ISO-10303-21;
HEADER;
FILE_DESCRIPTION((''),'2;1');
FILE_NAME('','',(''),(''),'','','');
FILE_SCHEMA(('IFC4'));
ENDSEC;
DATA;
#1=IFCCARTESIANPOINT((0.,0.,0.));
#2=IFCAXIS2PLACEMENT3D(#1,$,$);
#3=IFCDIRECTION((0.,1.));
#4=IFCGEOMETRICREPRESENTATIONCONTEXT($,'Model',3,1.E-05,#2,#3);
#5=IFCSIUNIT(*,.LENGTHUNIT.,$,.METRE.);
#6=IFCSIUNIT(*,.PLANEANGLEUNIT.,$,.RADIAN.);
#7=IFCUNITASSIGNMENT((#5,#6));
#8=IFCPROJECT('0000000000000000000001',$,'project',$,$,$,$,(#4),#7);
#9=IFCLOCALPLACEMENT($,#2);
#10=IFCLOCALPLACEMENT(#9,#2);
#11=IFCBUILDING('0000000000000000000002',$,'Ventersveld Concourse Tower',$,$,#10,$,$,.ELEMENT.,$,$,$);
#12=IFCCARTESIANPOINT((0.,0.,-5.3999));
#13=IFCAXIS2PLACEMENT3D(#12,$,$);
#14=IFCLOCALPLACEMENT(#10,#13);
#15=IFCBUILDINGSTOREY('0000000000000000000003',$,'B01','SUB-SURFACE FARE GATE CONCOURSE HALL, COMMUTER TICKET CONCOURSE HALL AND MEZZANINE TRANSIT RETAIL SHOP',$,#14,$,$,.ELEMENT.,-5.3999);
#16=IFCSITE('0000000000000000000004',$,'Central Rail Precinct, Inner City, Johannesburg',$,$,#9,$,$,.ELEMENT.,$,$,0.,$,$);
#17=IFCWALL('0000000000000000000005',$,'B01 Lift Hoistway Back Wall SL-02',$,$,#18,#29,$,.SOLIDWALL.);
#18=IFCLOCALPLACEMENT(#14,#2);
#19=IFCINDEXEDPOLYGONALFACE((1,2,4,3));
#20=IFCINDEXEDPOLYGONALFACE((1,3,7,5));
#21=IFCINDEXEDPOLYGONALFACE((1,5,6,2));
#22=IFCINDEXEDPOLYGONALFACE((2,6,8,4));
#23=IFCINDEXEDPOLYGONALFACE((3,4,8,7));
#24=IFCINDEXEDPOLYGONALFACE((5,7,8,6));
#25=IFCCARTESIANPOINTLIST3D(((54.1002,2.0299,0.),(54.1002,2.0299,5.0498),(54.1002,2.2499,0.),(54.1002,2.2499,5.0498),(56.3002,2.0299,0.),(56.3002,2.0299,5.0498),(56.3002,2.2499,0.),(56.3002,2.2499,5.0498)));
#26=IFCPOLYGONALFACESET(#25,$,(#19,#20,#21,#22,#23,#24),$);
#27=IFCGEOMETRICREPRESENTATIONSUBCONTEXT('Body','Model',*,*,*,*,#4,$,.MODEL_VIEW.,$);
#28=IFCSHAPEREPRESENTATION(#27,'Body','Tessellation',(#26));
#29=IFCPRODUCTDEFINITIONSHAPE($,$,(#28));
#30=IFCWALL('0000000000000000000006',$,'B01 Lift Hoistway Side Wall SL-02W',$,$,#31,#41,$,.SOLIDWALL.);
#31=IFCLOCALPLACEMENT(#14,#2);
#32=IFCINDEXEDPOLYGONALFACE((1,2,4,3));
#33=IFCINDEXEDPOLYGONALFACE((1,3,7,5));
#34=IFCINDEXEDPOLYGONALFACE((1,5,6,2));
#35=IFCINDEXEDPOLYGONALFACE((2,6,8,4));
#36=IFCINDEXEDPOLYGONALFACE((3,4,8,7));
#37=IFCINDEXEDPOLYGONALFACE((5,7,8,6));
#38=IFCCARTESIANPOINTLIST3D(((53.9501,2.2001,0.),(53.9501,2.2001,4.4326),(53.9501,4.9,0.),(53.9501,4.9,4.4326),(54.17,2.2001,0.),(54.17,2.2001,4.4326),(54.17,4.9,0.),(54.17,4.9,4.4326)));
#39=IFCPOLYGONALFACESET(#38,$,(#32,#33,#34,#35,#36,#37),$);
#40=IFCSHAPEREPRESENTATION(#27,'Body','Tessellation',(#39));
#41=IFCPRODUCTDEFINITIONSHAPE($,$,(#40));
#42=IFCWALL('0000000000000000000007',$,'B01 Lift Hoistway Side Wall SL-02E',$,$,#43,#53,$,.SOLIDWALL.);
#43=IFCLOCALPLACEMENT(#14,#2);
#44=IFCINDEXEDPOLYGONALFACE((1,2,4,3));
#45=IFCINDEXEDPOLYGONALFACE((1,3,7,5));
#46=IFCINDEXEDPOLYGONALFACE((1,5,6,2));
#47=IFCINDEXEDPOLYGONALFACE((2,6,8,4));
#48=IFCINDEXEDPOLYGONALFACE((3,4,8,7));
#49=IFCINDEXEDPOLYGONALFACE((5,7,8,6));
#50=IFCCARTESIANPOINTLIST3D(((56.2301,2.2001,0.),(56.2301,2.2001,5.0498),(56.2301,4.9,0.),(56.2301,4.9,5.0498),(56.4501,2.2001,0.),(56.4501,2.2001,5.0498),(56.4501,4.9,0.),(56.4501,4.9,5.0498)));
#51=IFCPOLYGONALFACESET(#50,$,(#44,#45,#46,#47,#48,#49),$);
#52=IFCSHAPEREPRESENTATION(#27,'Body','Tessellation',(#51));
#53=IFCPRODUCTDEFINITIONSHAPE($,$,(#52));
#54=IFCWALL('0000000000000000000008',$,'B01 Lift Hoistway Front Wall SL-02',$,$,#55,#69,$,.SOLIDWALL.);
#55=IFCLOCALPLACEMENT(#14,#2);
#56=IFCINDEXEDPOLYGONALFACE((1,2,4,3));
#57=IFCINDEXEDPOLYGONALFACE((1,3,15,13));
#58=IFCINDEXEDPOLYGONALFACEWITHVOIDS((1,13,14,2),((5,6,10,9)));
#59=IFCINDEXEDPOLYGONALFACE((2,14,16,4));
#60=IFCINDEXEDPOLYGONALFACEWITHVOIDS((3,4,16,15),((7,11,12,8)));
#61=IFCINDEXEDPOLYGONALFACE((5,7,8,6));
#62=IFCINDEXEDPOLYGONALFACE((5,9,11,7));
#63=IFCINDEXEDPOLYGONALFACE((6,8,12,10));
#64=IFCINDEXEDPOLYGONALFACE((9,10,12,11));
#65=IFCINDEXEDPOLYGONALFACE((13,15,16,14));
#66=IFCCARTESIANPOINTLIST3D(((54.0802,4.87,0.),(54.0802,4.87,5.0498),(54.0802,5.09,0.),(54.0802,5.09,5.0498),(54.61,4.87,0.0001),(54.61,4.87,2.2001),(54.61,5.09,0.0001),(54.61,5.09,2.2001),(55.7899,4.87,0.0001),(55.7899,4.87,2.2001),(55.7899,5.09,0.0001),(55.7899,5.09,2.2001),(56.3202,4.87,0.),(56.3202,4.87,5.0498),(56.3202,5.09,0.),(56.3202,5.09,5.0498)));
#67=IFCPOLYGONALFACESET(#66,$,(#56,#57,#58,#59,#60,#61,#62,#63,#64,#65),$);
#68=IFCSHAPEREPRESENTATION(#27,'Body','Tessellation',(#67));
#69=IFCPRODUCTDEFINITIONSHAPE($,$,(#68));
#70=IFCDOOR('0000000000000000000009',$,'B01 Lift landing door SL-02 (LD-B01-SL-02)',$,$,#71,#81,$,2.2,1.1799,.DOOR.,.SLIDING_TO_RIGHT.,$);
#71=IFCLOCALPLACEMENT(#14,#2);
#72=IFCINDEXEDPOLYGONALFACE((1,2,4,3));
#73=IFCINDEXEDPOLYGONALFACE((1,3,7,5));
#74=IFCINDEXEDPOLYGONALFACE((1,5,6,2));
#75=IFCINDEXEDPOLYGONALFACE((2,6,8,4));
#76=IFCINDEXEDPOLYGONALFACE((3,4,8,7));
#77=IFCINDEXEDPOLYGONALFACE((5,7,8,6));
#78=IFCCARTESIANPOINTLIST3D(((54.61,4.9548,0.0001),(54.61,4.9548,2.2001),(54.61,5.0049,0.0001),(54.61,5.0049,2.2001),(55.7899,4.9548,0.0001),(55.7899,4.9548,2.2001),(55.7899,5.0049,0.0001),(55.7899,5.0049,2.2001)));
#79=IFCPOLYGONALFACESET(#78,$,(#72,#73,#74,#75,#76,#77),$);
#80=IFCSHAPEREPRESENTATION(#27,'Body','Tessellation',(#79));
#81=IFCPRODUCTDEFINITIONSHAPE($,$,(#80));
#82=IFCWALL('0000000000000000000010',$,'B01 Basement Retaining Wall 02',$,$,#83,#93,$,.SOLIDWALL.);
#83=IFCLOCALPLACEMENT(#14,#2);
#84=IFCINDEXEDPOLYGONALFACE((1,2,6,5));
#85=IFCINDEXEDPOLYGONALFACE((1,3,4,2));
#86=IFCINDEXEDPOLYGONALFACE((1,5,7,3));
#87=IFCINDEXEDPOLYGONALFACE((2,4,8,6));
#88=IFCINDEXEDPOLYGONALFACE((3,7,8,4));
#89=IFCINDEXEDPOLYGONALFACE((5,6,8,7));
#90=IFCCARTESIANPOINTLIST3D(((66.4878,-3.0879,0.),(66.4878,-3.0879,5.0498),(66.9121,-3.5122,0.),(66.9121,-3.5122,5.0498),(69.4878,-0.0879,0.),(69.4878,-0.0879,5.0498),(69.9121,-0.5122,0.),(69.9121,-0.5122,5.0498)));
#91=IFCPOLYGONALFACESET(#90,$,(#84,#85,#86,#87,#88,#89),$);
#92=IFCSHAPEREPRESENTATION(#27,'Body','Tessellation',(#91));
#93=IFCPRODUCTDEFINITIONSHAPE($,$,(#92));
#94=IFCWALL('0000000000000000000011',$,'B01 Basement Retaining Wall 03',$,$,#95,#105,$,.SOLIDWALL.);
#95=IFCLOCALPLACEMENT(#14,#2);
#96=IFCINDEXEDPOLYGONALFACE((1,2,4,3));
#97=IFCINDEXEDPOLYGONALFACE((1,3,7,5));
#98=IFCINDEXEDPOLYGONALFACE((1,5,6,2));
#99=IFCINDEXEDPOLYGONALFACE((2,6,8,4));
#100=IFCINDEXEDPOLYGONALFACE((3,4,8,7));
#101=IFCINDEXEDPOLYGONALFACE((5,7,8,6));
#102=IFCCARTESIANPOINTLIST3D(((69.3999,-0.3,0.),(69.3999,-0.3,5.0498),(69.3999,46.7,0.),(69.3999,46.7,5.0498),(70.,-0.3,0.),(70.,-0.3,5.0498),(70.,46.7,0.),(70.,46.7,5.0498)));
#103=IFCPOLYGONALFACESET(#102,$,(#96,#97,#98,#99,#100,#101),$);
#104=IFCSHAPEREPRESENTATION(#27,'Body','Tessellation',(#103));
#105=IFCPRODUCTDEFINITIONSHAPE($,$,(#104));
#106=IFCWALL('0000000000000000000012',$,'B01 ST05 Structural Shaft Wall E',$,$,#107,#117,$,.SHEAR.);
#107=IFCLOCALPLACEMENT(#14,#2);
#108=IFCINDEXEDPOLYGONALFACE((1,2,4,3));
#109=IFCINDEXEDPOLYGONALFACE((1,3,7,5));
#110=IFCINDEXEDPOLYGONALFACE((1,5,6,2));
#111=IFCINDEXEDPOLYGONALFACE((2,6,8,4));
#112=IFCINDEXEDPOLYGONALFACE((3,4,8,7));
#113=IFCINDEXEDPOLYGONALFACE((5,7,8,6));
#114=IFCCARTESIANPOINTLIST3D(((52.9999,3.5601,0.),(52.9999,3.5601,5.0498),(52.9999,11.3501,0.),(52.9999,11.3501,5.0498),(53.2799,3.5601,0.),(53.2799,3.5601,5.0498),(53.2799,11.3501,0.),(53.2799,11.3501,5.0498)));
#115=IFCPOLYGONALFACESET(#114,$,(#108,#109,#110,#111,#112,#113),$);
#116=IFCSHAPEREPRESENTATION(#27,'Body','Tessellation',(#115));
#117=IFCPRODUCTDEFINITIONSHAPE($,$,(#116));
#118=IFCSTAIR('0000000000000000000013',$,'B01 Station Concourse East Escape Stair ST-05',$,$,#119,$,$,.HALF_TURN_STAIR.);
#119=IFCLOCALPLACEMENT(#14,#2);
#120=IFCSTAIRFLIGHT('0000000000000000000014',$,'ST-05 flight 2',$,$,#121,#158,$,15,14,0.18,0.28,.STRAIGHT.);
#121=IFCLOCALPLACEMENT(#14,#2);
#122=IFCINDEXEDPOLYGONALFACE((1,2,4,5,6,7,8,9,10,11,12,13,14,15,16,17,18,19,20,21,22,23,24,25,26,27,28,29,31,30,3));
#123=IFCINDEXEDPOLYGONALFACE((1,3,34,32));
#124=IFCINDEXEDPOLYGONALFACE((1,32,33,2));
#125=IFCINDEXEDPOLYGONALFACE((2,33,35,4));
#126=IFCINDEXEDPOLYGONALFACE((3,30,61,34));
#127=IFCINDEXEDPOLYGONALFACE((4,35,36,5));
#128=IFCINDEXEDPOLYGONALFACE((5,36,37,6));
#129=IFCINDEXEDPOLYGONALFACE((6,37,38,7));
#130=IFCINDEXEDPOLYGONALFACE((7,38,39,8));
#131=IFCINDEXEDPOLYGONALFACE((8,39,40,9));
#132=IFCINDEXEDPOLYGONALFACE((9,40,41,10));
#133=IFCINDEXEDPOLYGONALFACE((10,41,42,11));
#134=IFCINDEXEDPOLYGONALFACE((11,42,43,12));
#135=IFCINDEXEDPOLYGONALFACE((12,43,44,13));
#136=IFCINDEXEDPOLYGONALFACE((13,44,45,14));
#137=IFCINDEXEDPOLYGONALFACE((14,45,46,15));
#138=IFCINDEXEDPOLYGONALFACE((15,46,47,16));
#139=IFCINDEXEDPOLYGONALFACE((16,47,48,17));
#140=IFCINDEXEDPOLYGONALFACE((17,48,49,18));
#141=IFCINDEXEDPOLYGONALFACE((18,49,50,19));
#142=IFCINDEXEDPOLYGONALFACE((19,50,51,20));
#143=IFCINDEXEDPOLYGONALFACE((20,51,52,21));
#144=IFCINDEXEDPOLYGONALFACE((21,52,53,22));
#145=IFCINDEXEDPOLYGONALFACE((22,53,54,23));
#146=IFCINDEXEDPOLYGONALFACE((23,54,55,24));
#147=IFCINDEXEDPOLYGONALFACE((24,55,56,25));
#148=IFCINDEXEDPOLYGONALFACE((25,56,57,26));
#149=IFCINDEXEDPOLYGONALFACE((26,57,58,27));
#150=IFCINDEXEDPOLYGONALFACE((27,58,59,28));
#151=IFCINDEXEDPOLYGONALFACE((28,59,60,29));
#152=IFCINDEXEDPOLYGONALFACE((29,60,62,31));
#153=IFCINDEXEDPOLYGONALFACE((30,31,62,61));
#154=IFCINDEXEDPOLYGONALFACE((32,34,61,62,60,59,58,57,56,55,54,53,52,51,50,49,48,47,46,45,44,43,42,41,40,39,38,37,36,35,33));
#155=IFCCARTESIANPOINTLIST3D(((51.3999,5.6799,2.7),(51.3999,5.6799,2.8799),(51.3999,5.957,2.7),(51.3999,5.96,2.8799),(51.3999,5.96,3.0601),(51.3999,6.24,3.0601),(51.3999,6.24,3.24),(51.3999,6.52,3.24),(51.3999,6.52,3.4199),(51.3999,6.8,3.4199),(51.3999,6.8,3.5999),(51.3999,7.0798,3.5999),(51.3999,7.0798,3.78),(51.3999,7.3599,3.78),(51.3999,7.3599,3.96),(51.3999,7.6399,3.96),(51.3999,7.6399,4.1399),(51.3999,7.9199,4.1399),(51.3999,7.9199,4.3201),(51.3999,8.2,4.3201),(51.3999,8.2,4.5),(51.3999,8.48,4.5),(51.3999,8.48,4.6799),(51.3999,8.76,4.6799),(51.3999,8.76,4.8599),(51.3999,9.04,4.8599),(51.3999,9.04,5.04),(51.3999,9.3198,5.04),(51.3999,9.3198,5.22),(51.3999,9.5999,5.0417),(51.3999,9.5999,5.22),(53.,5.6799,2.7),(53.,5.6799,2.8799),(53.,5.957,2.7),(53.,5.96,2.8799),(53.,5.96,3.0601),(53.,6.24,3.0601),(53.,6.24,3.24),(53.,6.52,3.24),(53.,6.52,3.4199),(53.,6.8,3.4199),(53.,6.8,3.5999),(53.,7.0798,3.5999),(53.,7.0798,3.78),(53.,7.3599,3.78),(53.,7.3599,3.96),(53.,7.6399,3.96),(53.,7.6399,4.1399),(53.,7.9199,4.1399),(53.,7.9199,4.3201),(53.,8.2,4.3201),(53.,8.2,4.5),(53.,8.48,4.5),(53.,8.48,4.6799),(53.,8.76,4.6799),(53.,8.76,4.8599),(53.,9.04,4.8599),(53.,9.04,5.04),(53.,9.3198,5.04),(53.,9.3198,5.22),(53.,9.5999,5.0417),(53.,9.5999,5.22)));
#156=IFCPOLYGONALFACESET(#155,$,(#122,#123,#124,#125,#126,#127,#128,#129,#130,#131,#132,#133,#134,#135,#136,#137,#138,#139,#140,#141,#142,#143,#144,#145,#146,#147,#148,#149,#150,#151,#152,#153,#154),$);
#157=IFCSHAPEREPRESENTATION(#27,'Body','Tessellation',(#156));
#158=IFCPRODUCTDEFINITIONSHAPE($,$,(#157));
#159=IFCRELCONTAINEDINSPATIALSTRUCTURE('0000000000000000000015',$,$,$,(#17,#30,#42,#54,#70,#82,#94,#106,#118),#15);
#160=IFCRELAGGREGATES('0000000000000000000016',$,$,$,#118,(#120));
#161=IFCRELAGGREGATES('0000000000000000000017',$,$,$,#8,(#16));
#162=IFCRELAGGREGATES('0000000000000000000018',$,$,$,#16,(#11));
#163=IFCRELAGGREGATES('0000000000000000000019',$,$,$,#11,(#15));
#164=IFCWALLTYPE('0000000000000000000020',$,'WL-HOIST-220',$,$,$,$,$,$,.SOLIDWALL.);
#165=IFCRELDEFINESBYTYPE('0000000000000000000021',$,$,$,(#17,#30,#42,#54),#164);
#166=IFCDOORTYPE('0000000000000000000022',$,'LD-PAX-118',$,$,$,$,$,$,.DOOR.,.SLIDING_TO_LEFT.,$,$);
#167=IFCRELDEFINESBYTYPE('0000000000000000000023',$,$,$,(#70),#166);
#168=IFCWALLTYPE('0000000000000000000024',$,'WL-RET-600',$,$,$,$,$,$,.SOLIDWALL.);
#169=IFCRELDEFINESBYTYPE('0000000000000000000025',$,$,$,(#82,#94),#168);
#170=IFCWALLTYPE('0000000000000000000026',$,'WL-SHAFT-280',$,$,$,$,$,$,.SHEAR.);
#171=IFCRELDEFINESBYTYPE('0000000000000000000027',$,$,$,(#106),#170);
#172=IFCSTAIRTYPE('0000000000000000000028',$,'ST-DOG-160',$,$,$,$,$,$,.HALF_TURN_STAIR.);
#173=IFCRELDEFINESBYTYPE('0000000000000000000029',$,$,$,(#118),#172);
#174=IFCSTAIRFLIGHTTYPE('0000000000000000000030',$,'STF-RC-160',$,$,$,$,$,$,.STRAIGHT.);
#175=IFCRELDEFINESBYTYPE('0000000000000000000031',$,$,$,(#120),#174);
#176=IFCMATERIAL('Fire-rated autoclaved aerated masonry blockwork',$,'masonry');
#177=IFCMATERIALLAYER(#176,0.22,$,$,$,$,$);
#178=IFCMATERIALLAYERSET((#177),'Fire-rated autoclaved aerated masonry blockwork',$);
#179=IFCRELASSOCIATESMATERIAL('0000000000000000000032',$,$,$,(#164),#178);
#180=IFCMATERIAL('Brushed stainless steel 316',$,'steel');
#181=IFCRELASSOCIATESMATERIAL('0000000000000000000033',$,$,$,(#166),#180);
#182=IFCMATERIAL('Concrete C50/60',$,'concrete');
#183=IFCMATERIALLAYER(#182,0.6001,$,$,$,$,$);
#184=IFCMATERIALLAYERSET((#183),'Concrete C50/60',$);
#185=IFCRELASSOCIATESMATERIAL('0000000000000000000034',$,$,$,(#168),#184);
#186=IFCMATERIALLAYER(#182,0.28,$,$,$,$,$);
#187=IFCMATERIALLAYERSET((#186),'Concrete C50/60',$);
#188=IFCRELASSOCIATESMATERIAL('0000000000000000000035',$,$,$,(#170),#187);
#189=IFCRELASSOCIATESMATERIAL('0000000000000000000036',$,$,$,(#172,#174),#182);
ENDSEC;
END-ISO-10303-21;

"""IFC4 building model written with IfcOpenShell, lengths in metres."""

from ifc_helpers import new_model, si_unit, direction, frame, frame_2d, origin, place, context, subcontext, project, spatial, polyline, rectangle, outline, extrude, material, layer, layer_set, type_object, element, fill, aggregate, save


model = new_model("IFC4")

# Units and contexts
model_context = context("Model", 3, precision=1e-05, world=origin(), true_north=direction((0.0, 1.0)))
body_context = subcontext(model_context, "Body", "Model", "MODEL_VIEW")
ifc_project = project(units=[si_unit("LENGTHUNIT", "METRE"), si_unit("PLANEANGLEUNIT", "RADIAN")], contexts=[model_context])

# Site, building, storey
site_placement = place(None, origin())
site = spatial("IfcSite", under=ifc_project, at=site_placement, Name="Central Rail Precinct, Inner City, Johannesburg", CompositionType="ELEMENT", RefElevation=0.0)
building_placement = place(site_placement, origin())
building = spatial("IfcBuilding", under=site, at=building_placement, Name="Ventersveld Concourse Tower", CompositionType="ELEMENT")
storey_placement = place(building_placement, frame((0.0, 0.0, -5.3999)))
storey = spatial("IfcBuildingStorey", under=building, at=storey_placement, Name="B01", Description="SUB-SURFACE FARE GATE CONCOURSE HALL, COMMUTER TICKET CONCOURSE HALL AND MEZZANINE TRANSIT RETAIL SHOP", CompositionType="ELEMENT", Elevation=-5.3999)

# Walls
ifc_material_1 = material(Name="Fire-rated autoclaved aerated masonry blockwork", Category="masonry")
ifc_layer_1 = layer(ifc_material_1, 0.22)
ifc_layer_set_1 = layer_set([ifc_layer_1], Name="Fire-rated autoclaved aerated masonry blockwork")
wall_type_1 = type_object("IfcWallType", Name="WL-HOIST-220", PredefinedType="SOLIDWALL", material=ifc_layer_set_1)
wall_1_placement = place(storey_placement, frame((54.1001, 2.1399, 0.0), z_axis=(0.0, 0.0, 1.0), x_axis=(1.0, 0.0, 0.0)))
element("IfcWall", 1, at=wall_1_placement, inside=storey, type_object=wall_type_1, Name="B01 Lift Hoistway Back Wall SL-02", PredefinedType="SOLIDWALL", context=body_context, shape_type="SweptSolid", body=[
    extrude(rectangle(XDim=2.2, YDim=0.22, at=frame_2d((1.1001, 0.0))), origin(), (0.0, 0.0, 1.0), 5.0498),
])
wall_2_placement = place(storey_placement, frame((54.0601, 2.2, 0.0), z_axis=(0.0, 0.0, 1.0), x_axis=(0.0, 1.0, 0.0)))
element("IfcWall", 2, at=wall_2_placement, inside=storey, type_object=wall_type_1, Name="B01 Lift Hoistway Side Wall SL-02W", PredefinedType="SOLIDWALL", context=body_context, shape_type="SweptSolid", body=[
    extrude(rectangle(XDim=2.7, YDim=0.22, at=frame_2d((1.3501, 0.0))), origin(), (0.0, 0.0, 1.0), 4.4326),
])
wall_3_placement = place(storey_placement, frame((56.3401, 2.2, 0.0), z_axis=(0.0, 0.0, 1.0), x_axis=(0.0, 1.0, 0.0)))
element("IfcWall", 3, at=wall_3_placement, inside=storey, type_object=wall_type_1, Name="B01 Lift Hoistway Side Wall SL-02E", PredefinedType="SOLIDWALL", context=body_context, shape_type="SweptSolid", body=[
    extrude(rectangle(XDim=2.7, YDim=0.22, at=frame_2d((1.3501, 0.0))), origin(), (0.0, 0.0, 1.0), 5.0498),
])

# Wall, opening, door
wall_4_placement = place(storey_placement, frame((54.0801, 4.98, 0.0), z_axis=(0.0, 0.0, 1.0), x_axis=(1.0, 0.0, 0.0)))
wall_4 = element("IfcWall", 4, at=wall_4_placement, inside=storey, type_object=wall_type_1, Name="B01 Lift Hoistway Front Wall SL-02", PredefinedType="SOLIDWALL", context=body_context, shape_type="SweptSolid", body=[
    extrude(rectangle(XDim=2.24, YDim=0.22, at=frame_2d((1.1201, 0.0))), origin(), (0.0, 0.0, 1.0), 5.0498),
])
opening_placement = place(wall_4_placement, frame((0.53, 0.0, 0.0)))
opening = element("IfcOpeningElement", 5, at=opening_placement, cuts=wall_4, PredefinedType="OPENING", context=body_context, shape_type="SweptSolid", body=[
    extrude(rectangle(XDim=1.1799, YDim=2.2, at=frame_2d((0.5898, 1.1001))), frame((0.0, 0.1201, 0.0), z_axis=(0.0, -1.0, 0.0), x_axis=(1.0, 0.0, 0.0)), (0.0, 0.0, 1.0), 0.24),
])
ifc_material_2 = material(Name="Brushed stainless steel 316", Category="steel")
door_type = type_object("IfcDoorType", Name="LD-PAX-118", OperationType="SLIDING_TO_LEFT", PredefinedType="DOOR", material=ifc_material_2)
door_placement = place(opening_placement, origin())
door = element("IfcDoor", 6, at=door_placement, inside=storey, type_object=door_type, Name="B01 Lift landing door SL-02 (LD-B01-SL-02)", OperationType="SLIDING_TO_RIGHT", OverallHeight=2.2, OverallWidth=1.1799, PredefinedType="DOOR", context=body_context, shape_type="SweptSolid", body=[
    extrude(rectangle(XDim=1.1799, YDim=2.2, at=frame_2d((0.5898, 1.1001))), frame((0.0, 0.0249, 0.0), z_axis=(0.0, -1.0, 0.0), x_axis=(1.0, 0.0, 0.0)), (0.0, 0.0, 1.0), 0.05),
])
fill(opening, door)

# Walls
ifc_material_3 = material(Name="Concrete C50/60", Category="concrete")
ifc_layer_2 = layer(ifc_material_3, 0.6001)
ifc_layer_set_2 = layer_set([ifc_layer_2], Name="Concrete C50/60")
wall_type_2 = type_object("IfcWallType", Name="WL-RET-600", PredefinedType="SOLIDWALL", material=ifc_layer_set_2)
wall_5_placement = place(storey_placement, frame((66.7, -3.3, 0.0), z_axis=(0.0, 0.0, 1.0), x_axis=(0.707107, 0.707107, 0.0)))
element("IfcWall", 7, at=wall_5_placement, inside=storey, type_object=wall_type_2, Name="B01 Basement Retaining Wall 02", PredefinedType="SOLIDWALL", context=body_context, shape_type="SweptSolid", body=[
    extrude(rectangle(XDim=4.2427, YDim=0.6001, at=frame_2d((2.1213, 0.0))), origin(), (0.0, 0.0, 1.0), 5.0498),
])
wall_6_placement = place(storey_placement, frame((69.7, -0.3, 0.0), z_axis=(0.0, 0.0, 1.0), x_axis=(0.0, 1.0, 0.0)))
element("IfcWall", 8, at=wall_6_placement, inside=storey, type_object=wall_type_2, Name="B01 Basement Retaining Wall 03", PredefinedType="SOLIDWALL", context=body_context, shape_type="SweptSolid", body=[
    extrude(rectangle(XDim=47.0, YDim=0.6001, at=frame_2d((23.5, 0.0))), origin(), (0.0, 0.0, 1.0), 5.0498),
])
ifc_layer_3 = layer(ifc_material_3, 0.28)
ifc_layer_set_3 = layer_set([ifc_layer_3], Name="Concrete C50/60")
wall_type_3 = type_object("IfcWallType", Name="WL-SHAFT-280", PredefinedType="SHEAR", material=ifc_layer_set_3)
wall_7_placement = place(storey_placement, frame((53.1399, 3.5601, 0.0), z_axis=(0.0, 0.0, 1.0), x_axis=(0.0, 1.0, 0.0)))
element("IfcWall", 9, at=wall_7_placement, inside=storey, type_object=wall_type_3, Name="B01 ST05 Structural Shaft Wall E", PredefinedType="SHEAR", context=body_context, shape_type="SweptSolid", body=[
    extrude(rectangle(XDim=7.79, YDim=0.28, at=frame_2d((3.895, 0.0))), origin(), (0.0, 0.0, 1.0), 5.0498),
])

# Stair, stair flight
stair_type = type_object("IfcStairType", Name="ST-DOG-160", PredefinedType="HALF_TURN_STAIR", material=ifc_material_3)
stair_placement = place(storey_placement, origin())
stair = element("IfcStair", 10, at=stair_placement, inside=storey, type_object=stair_type, Name="B01 Station Concourse East Escape Stair ST-05", PredefinedType="HALF_TURN_STAIR")
stair_flight_type = type_object("IfcStairFlightType", Name="STF-RC-160", PredefinedType="STRAIGHT", material=ifc_material_3)
stair_flight_placement = place(storey_placement, frame((52.2, 5.6799, 2.7), z_axis=(0.0, 0.0, 1.0), x_axis=(0.0, 1.0, 0.0)))
stair_flight = element("IfcStairFlight", 11, at=stair_flight_placement, type_object=stair_flight_type, Name="ST-05 flight 2", NumberOfRisers=15, NumberOfTreads=14, PredefinedType="STRAIGHT", RiserHeight=0.18, TreadLength=0.28, context=body_context, shape_type="SweptSolid", body=[
    extrude(outline(polyline([(0.0, 0.0), (0.0, 0.1799), (0.28, 0.1799), (0.28, 0.3601), (0.5601, 0.3601), (0.5601, 0.54), (0.8401, 0.54), (0.8401, 0.72), (1.1201, 0.72), (1.1201, 0.8999), (1.3999, 0.8999), (1.3999, 1.0801), (1.6799, 1.0801), (1.6799, 1.26), (1.96, 1.26), (1.96, 1.4399), (2.24, 1.4399), (2.24, 1.6201), (2.52, 1.6201), (2.52, 1.8), (2.8, 1.8), (2.8, 1.98), (3.0801, 1.98), (3.0801, 2.1599), (3.3601, 2.1599), (3.3601, 2.3401), (3.6399, 2.3401), (3.6399, 2.52), (3.9199, 2.52), (3.9199, 2.7), (3.9199, 2.3418), (0.2771, 0.0), (0.0, 0.0)])), frame((0.0, 0.8, 0.0), z_axis=(0.0, -1.0, 0.0), x_axis=(1.0, 0.0, 0.0)), (0.0, 0.0, 1.0), 1.6001),
])
aggregate(stair, [stair_flight])

save(model, "model.ifc")
